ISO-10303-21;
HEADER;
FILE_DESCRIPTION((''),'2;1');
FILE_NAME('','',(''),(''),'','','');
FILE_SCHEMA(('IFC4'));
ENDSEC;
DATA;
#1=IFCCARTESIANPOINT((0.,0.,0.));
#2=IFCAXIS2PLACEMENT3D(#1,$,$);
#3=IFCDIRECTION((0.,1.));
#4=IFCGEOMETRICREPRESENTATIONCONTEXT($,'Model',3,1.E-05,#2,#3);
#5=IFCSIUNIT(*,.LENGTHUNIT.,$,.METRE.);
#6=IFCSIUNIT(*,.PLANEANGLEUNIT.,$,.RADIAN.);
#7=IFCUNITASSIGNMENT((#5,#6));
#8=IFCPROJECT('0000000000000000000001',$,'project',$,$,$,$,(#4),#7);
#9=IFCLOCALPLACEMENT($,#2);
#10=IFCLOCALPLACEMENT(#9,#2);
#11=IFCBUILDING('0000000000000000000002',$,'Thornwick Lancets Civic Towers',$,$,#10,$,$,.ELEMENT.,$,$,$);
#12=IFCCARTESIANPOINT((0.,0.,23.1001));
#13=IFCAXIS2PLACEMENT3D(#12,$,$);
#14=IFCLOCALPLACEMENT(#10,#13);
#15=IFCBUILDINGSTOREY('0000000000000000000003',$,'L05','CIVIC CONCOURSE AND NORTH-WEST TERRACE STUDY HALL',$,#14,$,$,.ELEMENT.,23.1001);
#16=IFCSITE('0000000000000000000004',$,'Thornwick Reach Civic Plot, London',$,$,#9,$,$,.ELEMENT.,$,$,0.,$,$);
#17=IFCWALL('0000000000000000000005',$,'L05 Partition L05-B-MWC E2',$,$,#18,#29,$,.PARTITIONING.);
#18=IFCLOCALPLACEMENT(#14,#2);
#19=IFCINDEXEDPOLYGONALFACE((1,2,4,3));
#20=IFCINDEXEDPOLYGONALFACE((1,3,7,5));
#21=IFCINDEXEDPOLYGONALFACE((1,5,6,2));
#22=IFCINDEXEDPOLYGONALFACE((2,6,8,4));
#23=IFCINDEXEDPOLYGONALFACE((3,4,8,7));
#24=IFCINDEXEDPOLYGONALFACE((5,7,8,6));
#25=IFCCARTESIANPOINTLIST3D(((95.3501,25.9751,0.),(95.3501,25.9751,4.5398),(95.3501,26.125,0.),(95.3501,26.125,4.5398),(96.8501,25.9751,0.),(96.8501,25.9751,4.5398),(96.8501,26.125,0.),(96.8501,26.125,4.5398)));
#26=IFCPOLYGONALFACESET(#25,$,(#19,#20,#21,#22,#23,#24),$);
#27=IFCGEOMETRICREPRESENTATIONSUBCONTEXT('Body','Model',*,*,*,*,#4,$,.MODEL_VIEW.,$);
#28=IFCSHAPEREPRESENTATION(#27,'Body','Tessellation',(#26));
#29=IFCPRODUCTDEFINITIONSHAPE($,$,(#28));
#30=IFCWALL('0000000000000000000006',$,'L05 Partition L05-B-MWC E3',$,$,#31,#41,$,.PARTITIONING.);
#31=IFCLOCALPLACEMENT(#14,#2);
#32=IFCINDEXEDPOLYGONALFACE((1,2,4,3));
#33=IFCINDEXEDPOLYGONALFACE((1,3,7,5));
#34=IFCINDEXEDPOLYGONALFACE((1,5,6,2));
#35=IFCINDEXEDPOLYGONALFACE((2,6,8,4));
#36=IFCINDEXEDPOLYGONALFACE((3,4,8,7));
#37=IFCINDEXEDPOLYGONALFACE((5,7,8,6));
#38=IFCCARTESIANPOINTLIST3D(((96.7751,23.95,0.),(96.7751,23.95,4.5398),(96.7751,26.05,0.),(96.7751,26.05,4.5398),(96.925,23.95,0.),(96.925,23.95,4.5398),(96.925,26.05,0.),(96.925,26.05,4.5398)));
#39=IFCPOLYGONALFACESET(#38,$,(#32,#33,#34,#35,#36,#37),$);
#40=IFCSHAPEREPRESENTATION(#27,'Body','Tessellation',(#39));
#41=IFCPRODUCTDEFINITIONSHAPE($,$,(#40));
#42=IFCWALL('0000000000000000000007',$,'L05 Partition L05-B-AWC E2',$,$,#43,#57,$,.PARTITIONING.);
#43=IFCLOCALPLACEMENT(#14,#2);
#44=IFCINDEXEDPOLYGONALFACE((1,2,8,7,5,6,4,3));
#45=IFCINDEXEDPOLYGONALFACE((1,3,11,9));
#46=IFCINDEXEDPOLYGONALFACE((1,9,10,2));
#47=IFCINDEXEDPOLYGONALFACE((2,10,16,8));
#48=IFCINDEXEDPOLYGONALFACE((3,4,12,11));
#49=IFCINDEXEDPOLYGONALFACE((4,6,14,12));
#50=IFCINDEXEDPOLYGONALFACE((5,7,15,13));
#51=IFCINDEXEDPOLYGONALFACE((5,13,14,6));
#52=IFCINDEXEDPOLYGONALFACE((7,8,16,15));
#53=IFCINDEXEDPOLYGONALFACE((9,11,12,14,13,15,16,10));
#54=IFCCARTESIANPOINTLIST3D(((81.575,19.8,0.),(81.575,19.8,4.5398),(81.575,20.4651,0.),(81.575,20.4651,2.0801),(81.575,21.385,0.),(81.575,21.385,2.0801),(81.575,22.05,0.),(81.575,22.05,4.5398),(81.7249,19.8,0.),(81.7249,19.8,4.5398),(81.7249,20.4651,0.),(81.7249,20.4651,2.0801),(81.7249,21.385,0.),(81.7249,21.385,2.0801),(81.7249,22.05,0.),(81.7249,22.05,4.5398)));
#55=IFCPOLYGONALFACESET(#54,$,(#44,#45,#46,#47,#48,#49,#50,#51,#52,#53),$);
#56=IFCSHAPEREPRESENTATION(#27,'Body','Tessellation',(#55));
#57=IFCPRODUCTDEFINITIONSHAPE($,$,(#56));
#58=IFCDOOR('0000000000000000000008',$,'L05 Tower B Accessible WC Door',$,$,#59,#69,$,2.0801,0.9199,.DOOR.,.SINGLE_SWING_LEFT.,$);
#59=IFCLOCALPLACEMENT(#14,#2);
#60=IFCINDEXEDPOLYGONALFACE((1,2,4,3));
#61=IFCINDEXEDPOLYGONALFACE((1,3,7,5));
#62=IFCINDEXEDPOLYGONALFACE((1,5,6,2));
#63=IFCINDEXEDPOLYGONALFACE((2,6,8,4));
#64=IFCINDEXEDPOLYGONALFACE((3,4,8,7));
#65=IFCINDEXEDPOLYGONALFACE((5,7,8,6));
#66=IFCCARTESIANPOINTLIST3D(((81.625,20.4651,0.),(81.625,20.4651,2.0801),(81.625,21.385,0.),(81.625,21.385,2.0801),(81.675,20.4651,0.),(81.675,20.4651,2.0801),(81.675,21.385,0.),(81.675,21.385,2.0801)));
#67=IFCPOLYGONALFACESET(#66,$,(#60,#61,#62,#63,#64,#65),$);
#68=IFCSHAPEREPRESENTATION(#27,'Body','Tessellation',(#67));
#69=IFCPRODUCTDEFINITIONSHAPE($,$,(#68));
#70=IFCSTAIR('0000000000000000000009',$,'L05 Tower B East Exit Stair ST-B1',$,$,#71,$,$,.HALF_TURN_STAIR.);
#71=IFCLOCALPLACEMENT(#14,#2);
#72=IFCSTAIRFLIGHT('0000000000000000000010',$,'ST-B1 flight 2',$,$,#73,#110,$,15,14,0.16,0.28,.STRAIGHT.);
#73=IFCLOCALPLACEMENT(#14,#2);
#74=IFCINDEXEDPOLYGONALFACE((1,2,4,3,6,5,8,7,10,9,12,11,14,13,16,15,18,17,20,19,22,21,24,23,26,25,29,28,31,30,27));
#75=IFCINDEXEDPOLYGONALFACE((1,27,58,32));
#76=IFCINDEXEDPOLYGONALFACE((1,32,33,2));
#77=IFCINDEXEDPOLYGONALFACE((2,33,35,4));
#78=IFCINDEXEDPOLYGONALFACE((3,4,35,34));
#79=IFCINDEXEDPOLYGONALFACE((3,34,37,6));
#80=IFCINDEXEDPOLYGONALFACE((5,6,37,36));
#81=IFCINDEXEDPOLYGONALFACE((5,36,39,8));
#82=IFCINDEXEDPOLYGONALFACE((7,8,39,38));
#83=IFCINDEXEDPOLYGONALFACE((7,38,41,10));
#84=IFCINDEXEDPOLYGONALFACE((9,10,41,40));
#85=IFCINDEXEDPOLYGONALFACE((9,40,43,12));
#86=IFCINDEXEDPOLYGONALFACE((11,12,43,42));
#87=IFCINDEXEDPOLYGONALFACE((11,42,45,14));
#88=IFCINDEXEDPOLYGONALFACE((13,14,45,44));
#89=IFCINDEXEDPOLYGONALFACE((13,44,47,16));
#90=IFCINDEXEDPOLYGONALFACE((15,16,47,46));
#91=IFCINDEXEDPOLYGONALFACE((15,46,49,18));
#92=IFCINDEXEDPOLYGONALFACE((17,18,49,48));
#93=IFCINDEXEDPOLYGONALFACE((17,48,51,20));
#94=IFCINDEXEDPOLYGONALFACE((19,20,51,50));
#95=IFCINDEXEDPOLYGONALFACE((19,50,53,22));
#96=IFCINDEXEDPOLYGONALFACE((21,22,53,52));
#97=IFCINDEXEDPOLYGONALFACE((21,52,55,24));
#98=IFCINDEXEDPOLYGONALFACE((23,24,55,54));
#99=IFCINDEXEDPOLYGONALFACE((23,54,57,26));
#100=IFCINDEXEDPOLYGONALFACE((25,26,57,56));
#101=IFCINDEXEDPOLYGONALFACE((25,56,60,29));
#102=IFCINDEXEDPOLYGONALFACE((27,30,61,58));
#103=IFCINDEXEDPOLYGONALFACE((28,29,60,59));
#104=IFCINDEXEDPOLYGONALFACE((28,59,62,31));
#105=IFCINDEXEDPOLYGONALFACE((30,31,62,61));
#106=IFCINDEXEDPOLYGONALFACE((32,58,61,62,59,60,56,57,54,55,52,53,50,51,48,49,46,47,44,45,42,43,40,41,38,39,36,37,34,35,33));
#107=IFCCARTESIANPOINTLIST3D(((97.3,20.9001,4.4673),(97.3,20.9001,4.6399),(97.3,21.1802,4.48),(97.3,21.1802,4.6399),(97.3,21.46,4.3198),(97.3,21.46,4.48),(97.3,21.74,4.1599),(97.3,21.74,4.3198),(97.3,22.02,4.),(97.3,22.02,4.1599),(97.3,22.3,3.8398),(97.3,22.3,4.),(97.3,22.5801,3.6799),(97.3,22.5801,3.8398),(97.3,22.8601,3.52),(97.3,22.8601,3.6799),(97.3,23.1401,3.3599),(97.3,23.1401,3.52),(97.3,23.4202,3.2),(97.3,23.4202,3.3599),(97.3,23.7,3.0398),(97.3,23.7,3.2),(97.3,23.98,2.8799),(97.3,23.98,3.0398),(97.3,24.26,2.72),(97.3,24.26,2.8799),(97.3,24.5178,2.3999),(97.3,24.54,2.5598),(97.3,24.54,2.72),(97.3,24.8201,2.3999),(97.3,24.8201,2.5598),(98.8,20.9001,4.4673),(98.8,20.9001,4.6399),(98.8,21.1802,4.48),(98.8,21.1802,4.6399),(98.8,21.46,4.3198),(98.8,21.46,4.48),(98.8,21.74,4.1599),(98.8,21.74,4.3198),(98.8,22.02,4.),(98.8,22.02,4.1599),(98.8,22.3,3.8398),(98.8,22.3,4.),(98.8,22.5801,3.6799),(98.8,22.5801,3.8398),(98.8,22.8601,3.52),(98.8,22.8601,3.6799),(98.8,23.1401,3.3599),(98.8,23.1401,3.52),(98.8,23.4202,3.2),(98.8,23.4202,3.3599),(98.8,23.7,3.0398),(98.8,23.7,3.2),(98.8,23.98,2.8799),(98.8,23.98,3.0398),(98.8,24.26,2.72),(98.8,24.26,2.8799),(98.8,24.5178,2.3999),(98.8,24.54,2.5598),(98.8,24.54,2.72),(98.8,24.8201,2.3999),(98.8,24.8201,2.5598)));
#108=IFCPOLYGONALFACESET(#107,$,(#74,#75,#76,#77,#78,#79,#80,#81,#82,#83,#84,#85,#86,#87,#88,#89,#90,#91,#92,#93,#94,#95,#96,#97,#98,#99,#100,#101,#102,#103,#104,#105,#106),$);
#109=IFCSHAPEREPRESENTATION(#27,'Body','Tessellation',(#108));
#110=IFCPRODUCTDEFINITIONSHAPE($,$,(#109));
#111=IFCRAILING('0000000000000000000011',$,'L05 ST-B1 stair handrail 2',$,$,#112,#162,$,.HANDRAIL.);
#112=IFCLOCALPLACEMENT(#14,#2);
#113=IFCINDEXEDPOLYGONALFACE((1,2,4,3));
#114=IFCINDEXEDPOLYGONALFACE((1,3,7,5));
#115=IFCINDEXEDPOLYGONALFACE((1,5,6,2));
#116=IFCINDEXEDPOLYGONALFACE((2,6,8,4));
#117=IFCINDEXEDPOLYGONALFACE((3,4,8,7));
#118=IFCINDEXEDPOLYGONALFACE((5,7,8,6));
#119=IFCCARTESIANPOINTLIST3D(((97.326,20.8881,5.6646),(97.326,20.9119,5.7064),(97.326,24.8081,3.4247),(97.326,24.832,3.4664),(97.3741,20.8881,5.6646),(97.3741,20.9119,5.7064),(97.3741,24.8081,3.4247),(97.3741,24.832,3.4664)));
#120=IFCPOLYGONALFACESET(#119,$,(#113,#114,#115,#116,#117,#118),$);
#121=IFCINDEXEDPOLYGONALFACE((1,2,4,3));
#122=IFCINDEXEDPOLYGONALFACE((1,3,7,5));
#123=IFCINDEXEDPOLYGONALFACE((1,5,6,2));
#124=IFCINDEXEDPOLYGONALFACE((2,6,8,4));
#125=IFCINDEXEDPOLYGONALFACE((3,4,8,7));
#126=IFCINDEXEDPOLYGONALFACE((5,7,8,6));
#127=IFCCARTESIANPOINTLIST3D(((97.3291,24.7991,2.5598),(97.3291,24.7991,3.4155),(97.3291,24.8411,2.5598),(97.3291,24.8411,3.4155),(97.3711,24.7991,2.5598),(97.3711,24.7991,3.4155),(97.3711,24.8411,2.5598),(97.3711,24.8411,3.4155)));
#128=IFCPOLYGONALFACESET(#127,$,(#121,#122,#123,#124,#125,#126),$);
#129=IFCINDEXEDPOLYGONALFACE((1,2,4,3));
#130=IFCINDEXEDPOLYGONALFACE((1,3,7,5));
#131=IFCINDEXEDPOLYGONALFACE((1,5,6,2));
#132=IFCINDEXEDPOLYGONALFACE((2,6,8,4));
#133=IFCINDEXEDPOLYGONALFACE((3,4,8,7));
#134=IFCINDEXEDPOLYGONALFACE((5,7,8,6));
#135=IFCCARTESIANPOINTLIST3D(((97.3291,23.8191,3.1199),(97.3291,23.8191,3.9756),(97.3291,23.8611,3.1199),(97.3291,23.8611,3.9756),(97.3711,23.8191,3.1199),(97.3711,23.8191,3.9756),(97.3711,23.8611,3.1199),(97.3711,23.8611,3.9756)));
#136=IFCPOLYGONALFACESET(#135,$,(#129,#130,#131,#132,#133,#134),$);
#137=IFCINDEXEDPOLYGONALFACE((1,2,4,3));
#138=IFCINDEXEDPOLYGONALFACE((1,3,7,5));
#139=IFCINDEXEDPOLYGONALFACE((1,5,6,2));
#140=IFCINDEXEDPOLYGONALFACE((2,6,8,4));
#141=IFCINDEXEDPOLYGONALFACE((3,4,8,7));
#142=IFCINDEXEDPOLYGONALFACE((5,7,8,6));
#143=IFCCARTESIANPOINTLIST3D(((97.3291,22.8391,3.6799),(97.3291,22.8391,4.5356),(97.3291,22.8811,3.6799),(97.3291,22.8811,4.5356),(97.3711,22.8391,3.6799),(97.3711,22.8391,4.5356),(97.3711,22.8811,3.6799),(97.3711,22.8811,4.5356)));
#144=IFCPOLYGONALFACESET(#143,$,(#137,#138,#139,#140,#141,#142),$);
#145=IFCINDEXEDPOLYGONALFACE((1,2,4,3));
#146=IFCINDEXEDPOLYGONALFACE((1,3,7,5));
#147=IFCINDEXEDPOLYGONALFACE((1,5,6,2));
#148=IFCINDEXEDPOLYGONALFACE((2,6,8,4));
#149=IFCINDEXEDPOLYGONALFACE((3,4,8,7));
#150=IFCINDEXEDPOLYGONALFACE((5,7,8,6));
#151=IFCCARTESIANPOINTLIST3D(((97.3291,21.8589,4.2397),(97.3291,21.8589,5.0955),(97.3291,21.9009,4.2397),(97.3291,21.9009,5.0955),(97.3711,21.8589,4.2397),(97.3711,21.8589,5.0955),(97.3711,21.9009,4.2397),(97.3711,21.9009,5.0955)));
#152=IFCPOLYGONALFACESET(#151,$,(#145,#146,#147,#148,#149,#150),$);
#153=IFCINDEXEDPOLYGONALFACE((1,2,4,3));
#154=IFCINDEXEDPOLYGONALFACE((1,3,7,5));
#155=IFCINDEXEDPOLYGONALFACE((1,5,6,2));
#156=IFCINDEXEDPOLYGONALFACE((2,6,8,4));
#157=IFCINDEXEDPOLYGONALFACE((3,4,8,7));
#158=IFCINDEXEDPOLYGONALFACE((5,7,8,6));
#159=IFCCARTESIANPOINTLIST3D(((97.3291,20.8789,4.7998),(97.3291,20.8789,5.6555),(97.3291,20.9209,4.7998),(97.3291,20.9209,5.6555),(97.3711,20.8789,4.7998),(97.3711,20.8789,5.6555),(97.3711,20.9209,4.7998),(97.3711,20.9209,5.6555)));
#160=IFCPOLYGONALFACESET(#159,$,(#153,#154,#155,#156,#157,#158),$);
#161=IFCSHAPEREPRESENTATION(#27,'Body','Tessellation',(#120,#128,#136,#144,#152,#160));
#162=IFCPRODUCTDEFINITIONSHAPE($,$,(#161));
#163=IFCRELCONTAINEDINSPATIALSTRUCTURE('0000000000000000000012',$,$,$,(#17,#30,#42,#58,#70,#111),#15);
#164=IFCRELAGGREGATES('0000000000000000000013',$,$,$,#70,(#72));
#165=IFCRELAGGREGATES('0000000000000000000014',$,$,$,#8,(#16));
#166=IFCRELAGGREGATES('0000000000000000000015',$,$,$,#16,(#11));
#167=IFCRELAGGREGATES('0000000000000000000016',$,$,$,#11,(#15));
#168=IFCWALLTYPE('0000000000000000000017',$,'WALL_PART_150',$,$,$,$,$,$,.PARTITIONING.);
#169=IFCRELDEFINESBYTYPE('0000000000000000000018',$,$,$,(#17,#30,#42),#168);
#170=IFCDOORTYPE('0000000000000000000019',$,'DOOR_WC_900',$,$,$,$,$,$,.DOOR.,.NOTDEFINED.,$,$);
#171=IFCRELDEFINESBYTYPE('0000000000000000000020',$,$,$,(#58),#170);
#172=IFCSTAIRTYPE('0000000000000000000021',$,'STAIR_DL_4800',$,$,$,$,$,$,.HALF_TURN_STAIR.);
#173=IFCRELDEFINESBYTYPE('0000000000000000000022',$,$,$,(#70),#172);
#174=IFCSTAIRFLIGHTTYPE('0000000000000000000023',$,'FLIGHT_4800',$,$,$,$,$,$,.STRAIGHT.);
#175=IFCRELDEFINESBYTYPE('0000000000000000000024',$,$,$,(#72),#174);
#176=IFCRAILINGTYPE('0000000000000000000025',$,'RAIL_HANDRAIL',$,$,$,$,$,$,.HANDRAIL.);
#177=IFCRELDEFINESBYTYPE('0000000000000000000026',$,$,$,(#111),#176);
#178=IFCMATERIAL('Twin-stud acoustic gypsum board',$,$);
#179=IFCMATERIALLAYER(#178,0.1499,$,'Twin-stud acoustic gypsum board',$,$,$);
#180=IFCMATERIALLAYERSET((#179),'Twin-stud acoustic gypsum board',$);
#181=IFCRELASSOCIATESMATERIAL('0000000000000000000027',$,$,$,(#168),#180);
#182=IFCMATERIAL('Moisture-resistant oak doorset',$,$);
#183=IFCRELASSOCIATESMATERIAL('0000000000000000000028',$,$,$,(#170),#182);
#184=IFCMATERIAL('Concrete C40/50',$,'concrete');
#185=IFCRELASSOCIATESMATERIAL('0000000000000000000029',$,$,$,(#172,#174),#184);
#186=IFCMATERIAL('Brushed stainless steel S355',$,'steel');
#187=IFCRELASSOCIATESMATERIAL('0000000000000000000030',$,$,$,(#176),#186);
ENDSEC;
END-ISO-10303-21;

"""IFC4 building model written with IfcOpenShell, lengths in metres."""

from ifc_helpers import new_model, si_unit, direction, frame, frame_2d, origin, origin_2d, place, context, subcontext, project, spatial, polyline, rectangle, outline, extrude, material, layer, layer_set, type_object, element, fill, aggregate, save


model = new_model("IFC4")

# Units and contexts
model_context = context("Model", 3, precision=1e-05, world=origin(), true_north=direction((0.0, 1.0)))
body_context = subcontext(model_context, "Body", "Model", "MODEL_VIEW")
ifc_project = project(units=[si_unit("LENGTHUNIT", "METRE"), si_unit("PLANEANGLEUNIT", "RADIAN")], contexts=[model_context])

# Site, building, storey
site_placement = place(None, origin())
site = spatial("IfcSite", under=ifc_project, at=site_placement, Name="Thornwick Reach Civic Plot, London", CompositionType="ELEMENT", RefElevation=0.0)
building_placement = place(site_placement, origin())
building = spatial("IfcBuilding", under=site, at=building_placement, Name="Thornwick Lancets Civic Towers", CompositionType="ELEMENT")
storey_placement = place(building_placement, frame((0.0, 0.0, 23.1001)))
storey = spatial("IfcBuildingStorey", under=building, at=storey_placement, Name="L05", Description="CIVIC CONCOURSE AND NORTH-WEST TERRACE STUDY HALL", CompositionType="ELEMENT", Elevation=23.1001)

# Shared definitions
ifc_material_1 = material(Name="Twin-stud acoustic gypsum board")
ifc_layer_1 = layer(ifc_material_1, 0.1499, Name="Twin-stud acoustic gypsum board")
ifc_layer_set_1 = layer_set([ifc_layer_1], Name="Twin-stud acoustic gypsum board")
wall_type_1 = type_object("IfcWallType", Name="WALL_PART_150", PredefinedType="PARTITIONING", material=ifc_layer_set_1)
ifc_material_2 = material(Name="Moisture-resistant oak doorset")
door_type_1 = type_object("IfcDoorType", Name="DOOR_WC_900", OperationType="NOTDEFINED", PredefinedType="DOOR", material=ifc_material_2)

# Walls
wall_1_placement = place(storey_placement, frame((95.3501, 26.05, 0.0), z_axis=(0.0, 0.0, 1.0), x_axis=(1.0, 0.0, 0.0)))
element("IfcWall", 1, at=wall_1_placement, inside=storey, type_object=wall_type_1, Name="L05 Partition L05-B-MWC E2", PredefinedType="PARTITIONING", context=body_context, shape_type="SweptSolid", body=[
    extrude(rectangle(XDim=1.5, YDim=0.1499, at=frame_2d((0.75, 0.0))), origin(), (0.0, 0.0, 1.0), 4.5398),
])
wall_2_placement = place(storey_placement, frame((96.8501, 26.05, 0.0), z_axis=(0.0, 0.0, 1.0), x_axis=(0.0, -1.0, 0.0)))
element("IfcWall", 2, at=wall_2_placement, inside=storey, type_object=wall_type_1, Name="L05 Partition L05-B-MWC E3", PredefinedType="PARTITIONING", context=body_context, shape_type="SweptSolid", body=[
    extrude(rectangle(XDim=2.1001, YDim=0.1499, at=frame_2d((1.05, 0.0))), origin(), (0.0, 0.0, 1.0), 4.5398),
])

# Wall, opening, door
wall_3_placement = place(storey_placement, frame((81.6499, 19.8, 0.0), z_axis=(0.0, 0.0, 1.0), x_axis=(0.0, 1.0, 0.0)))
wall_3 = element("IfcWall", 3, at=wall_3_placement, inside=storey, type_object=wall_type_1, Name="L05 Partition L05-B-AWC E2", PredefinedType="PARTITIONING", context=body_context, shape_type="SweptSolid", body=[
    extrude(rectangle(XDim=2.25, YDim=0.1499, at=frame_2d((1.125, 0.0))), origin(), (0.0, 0.0, 1.0), 4.5398),
])
opening_1_placement = place(wall_3_placement, frame((0.665, 0.0, 0.0)))
opening_1 = element("IfcOpeningElement", 4, at=opening_1_placement, cuts=wall_3, PredefinedType="OPENING", context=body_context, shape_type="SweptSolid", body=[
    extrude(rectangle(XDim=0.9199, YDim=2.0801, at=frame_2d((0.46, 1.04))), frame((0.0, 0.085, 0.0), z_axis=(0.0, -1.0, 0.0), x_axis=(1.0, 0.0, 0.0)), (0.0, 0.0, 1.0), 0.1699),
])
door_1_placement = place(opening_1_placement, origin())
door_1 = element("IfcDoor", 5, at=door_1_placement, inside=storey, type_object=door_type_1, Name="L05 Tower B Accessible WC Door", OperationType="SINGLE_SWING_LEFT", OverallHeight=2.0801, OverallWidth=0.9199, PredefinedType="DOOR", context=body_context, shape_type="SweptSolid", body=[
    extrude(rectangle(XDim=0.9199, YDim=2.0801, at=frame_2d((0.46, 1.04))), frame((0.0, 0.0249, 0.0), z_axis=(0.0, -1.0, 0.0), x_axis=(1.0, 0.0, 0.0)), (0.0, 0.0, 1.0), 0.05),
])
fill(opening_1, door_1)

# Stair, stair flight
ifc_material_3 = material(Name="Concrete C40/50", Category="concrete")
stair_type = type_object("IfcStairType", Name="STAIR_DL_4800", PredefinedType="HALF_TURN_STAIR", material=ifc_material_3)
stair_placement = place(storey_placement, origin())
stair = element("IfcStair", 6, at=stair_placement, inside=storey, type_object=stair_type, Name="L05 Tower B East Exit Stair ST-B1", PredefinedType="HALF_TURN_STAIR")
stair_flight_type = type_object("IfcStairFlightType", Name="FLIGHT_4800", PredefinedType="STRAIGHT", material=ifc_material_3)
stair_flight_placement = place(storey_placement, frame((98.05, 24.8201, 2.3999), z_axis=(0.0, 0.0, 1.0), x_axis=(0.0, -1.0, 0.0)))
stair_flight = element("IfcStairFlight", 7, at=stair_flight_placement, type_object=stair_flight_type, Name="ST-B1 flight 2", NumberOfRisers=15, NumberOfTreads=14, PredefinedType="STRAIGHT", RiserHeight=0.16, TreadLength=0.28, context=body_context, shape_type="SweptSolid", body=[
    extrude(outline(polyline([(0.0, 0.0), (0.0, 0.1599), (0.28, 0.1599), (0.28, 0.3201), (0.5601, 0.3201), (0.5601, 0.48), (0.8401, 0.48), (0.8401, 0.6399), (1.1201, 0.6399), (1.1201, 0.8), (1.3999, 0.8), (1.3999, 0.96), (1.6799, 0.96), (1.6799, 1.1201), (1.96, 1.1201), (1.96, 1.28), (2.24, 1.28), (2.24, 1.4399), (2.52, 1.4399), (2.52, 1.6001), (2.8, 1.6001), (2.8, 1.76), (3.0801, 1.76), (3.0801, 1.9199), (3.3601, 1.9199), (3.3601, 2.0801), (3.6399, 2.0801), (3.6399, 2.24), (3.9199, 2.24), (3.9199, 2.3999), (3.9199, 2.0674), (0.3022, 0.0), (0.0, 0.0)])), frame((0.0, 0.75, 0.0), z_axis=(0.0, -1.0, 0.0), x_axis=(1.0, 0.0, 0.0)), (0.0, 0.0, 1.0), 1.5),
])
aggregate(stair, [stair_flight])

# Railing
ifc_material_4 = material(Name="Brushed stainless steel S355", Category="steel")
railing_type_1 = type_object("IfcRailingType", Name="RAIL_HANDRAIL", PredefinedType="HANDRAIL", material=ifc_material_4)
railing_1_placement = place(storey_placement, frame((97.3501, 24.8201, 2.5598)))
element("IfcRailing", 8, at=railing_1_placement, inside=storey, type_object=railing_type_1, Name="L05 ST-B1 stair handrail 2", PredefinedType="HANDRAIL", context=body_context, shape_type="SweptSolid", body=[
    extrude(rectangle(XDim=0.0481, YDim=0.0481, at=origin_2d()), frame((0.0, 0.0, 0.8857), z_axis=(0.0, -0.868253, 0.496121), x_axis=(1.0, 0.0, 0.0)), (0.0, 0.0, 1.0), 4.5149),
    extrude(rectangle(XDim=0.042, YDim=0.042, at=origin_2d()), origin(), (0.0, 0.0, 1.0), 0.8557),
    extrude(rectangle(XDim=0.042, YDim=0.042, at=origin_2d()), frame((0.0, -0.98, 0.5601)), (0.0, 0.0, 1.0), 0.8557),
    extrude(rectangle(XDim=0.042, YDim=0.042, at=origin_2d()), frame((0.0, -1.96, 1.1201)), (0.0, 0.0, 1.0), 0.8557),
    extrude(rectangle(XDim=0.042, YDim=0.042, at=origin_2d()), frame((0.0, -2.9402, 1.6799)), (0.0, 0.0, 1.0), 0.8557),
    extrude(rectangle(XDim=0.042, YDim=0.042, at=origin_2d()), frame((0.0, -3.9202, 2.24)), (0.0, 0.0, 1.0), 0.8557),
])

save(model, "model.ifc")
